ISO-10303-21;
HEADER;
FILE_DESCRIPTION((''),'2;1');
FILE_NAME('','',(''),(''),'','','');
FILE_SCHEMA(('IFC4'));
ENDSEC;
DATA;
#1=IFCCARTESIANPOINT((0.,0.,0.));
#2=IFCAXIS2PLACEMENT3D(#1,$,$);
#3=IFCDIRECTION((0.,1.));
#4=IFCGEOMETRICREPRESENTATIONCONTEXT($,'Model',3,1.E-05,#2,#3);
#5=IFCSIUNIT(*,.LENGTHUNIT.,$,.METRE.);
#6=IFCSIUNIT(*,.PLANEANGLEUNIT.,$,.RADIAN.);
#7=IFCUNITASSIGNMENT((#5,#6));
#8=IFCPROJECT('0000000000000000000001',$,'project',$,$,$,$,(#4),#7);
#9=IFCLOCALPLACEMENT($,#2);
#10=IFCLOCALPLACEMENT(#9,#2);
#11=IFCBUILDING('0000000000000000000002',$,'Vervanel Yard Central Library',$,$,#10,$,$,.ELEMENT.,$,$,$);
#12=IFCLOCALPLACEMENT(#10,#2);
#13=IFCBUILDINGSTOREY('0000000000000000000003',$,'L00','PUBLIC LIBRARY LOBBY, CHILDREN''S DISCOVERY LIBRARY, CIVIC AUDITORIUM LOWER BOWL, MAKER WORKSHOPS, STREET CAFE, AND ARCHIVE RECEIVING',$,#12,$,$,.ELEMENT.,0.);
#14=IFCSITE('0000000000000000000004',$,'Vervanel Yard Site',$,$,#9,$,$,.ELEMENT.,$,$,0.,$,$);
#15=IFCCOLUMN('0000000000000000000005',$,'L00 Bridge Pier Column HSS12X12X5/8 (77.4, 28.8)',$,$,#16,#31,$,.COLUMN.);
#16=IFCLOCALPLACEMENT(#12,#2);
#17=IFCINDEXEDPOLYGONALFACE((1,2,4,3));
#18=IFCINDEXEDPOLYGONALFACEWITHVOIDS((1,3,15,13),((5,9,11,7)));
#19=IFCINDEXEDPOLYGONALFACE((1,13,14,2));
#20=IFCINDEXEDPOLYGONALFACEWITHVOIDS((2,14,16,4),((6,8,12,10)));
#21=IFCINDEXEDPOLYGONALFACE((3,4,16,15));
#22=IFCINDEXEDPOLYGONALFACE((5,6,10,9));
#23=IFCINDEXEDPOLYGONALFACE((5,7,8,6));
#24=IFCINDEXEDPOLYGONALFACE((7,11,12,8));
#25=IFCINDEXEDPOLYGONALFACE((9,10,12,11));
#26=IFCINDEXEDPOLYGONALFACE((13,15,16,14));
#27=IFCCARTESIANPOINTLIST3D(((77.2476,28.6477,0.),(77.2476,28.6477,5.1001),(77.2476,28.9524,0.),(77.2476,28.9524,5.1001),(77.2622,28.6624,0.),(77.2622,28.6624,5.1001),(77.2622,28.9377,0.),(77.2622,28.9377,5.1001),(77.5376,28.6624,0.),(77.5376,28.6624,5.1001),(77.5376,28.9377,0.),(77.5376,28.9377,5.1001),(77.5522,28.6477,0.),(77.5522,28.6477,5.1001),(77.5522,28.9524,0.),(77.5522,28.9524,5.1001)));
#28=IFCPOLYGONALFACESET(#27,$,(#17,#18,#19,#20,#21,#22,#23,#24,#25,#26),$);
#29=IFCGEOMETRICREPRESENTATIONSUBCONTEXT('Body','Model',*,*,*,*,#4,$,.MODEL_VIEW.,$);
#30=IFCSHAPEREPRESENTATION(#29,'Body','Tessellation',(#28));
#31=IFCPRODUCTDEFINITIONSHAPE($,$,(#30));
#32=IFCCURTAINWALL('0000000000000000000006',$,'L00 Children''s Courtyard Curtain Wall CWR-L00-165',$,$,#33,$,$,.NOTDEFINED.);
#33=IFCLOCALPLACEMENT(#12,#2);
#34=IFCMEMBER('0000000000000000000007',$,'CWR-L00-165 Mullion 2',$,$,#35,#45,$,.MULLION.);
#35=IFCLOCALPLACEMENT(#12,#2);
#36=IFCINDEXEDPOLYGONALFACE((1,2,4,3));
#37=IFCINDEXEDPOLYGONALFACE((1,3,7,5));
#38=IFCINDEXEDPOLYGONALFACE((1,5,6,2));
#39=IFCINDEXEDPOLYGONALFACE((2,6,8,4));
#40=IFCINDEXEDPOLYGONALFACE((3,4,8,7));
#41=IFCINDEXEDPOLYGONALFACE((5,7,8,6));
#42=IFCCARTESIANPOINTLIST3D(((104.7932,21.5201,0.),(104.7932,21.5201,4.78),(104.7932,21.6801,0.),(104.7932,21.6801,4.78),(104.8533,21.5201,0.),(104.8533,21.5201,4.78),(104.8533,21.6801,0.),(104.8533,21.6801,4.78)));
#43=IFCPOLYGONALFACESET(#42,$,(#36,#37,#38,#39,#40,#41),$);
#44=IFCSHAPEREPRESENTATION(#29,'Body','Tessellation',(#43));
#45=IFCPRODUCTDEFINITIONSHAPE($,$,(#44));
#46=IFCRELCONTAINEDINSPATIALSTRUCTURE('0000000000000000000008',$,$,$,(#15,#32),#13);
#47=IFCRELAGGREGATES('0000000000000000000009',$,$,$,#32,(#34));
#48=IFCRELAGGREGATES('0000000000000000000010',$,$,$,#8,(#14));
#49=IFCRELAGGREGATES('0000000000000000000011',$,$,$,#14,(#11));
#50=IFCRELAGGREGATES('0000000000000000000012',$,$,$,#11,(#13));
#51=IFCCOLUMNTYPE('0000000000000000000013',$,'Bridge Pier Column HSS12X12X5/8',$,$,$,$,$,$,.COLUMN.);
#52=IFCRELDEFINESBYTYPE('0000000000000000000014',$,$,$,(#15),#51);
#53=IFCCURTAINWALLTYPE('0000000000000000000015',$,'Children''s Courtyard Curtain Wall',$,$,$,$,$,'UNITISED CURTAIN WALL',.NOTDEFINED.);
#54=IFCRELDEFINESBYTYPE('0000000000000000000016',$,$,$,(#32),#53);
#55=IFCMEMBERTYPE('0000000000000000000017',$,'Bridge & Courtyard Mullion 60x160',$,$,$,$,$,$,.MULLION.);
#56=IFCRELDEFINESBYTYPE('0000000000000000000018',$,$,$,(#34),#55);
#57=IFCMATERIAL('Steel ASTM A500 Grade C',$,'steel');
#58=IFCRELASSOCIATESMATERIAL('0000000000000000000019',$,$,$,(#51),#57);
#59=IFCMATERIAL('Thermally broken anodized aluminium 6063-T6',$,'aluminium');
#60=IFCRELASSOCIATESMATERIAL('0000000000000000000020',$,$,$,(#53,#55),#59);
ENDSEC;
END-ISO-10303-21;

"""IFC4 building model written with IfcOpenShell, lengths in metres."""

from ifc_helpers import new_model, si_unit, direction, frame, origin, origin_2d, place, context, subcontext, project, spatial, rectangle, hollow_rectangle, extrude, material, material_profile, profile_set, type_object, element, aggregate, save


model = new_model("IFC4")

# Units and contexts
model_context = context("Model", 3, precision=1e-05, world=origin(), true_north=direction((0.0, 1.0)))
body_context = subcontext(model_context, "Body", "Model", "MODEL_VIEW")
ifc_project = project(units=[si_unit("LENGTHUNIT", "METRE"), si_unit("PLANEANGLEUNIT", "RADIAN")], contexts=[model_context])

# Site, building, storey
site_placement = place(None, origin())
site = spatial("IfcSite", under=ifc_project, at=site_placement, Name="Vervanel Yard Site", CompositionType="ELEMENT", RefElevation=0.0)
building_placement = place(site_placement, origin())
building = spatial("IfcBuilding", under=site, at=building_placement, Name="Vervanel Yard Central Library", CompositionType="ELEMENT")
storey_placement = place(building_placement, origin())
storey = spatial("IfcBuildingStorey", under=building, at=storey_placement, Name="L00", Description="PUBLIC LIBRARY LOBBY, CHILDREN'S DISCOVERY LIBRARY, CIVIC AUDITORIUM LOWER BOWL, MAKER WORKSHOPS, STREET CAFE, AND ARCHIVE RECEIVING", CompositionType="ELEMENT", Elevation=0.0)

# Column
ifc_material_1 = material(Name="Steel ASTM A500 Grade C", Category="steel")
ifc_material_profile_1 = material_profile(ifc_material_1, hollow_rectangle(XDim=0.3047, YDim=0.3047, WallThickness=0.0146, at=origin_2d()), Name="HSS12X12X5/8", Category="steel")
ifc_profile_set_1 = profile_set([ifc_material_profile_1], Name="Steel ASTM A500 Grade C")
column_type = type_object("IfcColumnType", Name="Bridge Pier Column HSS12X12X5/8", PredefinedType="COLUMN", material=ifc_profile_set_1)
column_placement = place(storey_placement, frame((77.3999, 28.8, 0.0), z_axis=(0.0, 0.0, 1.0), x_axis=(1.0, 0.0, 0.0)))
element("IfcColumn", 1, at=column_placement, inside=storey, type_object=column_type, Name="L00 Bridge Pier Column HSS12X12X5/8 (77.4, 28.8)", PredefinedType="COLUMN", context=body_context, shape_type="SweptSolid", body=[
    extrude(hollow_rectangle(XDim=0.3047, YDim=0.3047, WallThickness=0.0146, at=origin_2d()), origin(), (0.0, 0.0, 1.0), 5.1001),
])

# Curtain wall, member
ifc_material_2 = material(Name="Thermally broken anodized aluminium 6063-T6", Category="aluminium")
curtain_wall_type = type_object("IfcCurtainWallType", Name="Children's Courtyard Curtain Wall", ElementType="UNITISED CURTAIN WALL", PredefinedType="NOTDEFINED", material=ifc_material_2)
curtain_wall_placement = place(storey_placement, origin())
curtain_wall = element("IfcCurtainWall", 2, at=curtain_wall_placement, inside=storey, type_object=curtain_wall_type, Name="L00 Children's Courtyard Curtain Wall CWR-L00-165", PredefinedType="NOTDEFINED")
ifc_material_profile_2 = material_profile(ifc_material_2, rectangle(XDim=0.0601, YDim=0.1599, at=origin_2d()), Name="ALU 60x160", Category="aluminium")
ifc_profile_set_2 = profile_set([ifc_material_profile_2], Name="Thermally broken anodized aluminium 6063-T6")
member_type = type_object("IfcMemberType", Name="Bridge & Courtyard Mullion 60x160", PredefinedType="MULLION", material=ifc_profile_set_2)
member_placement = place(storey_placement, frame((104.8232, 21.6001, 0.0), z_axis=(0.0, 0.0, 1.0), x_axis=(1.0, 0.0, 0.0)))
member = element("IfcMember", 3, at=member_placement, type_object=member_type, Name="CWR-L00-165 Mullion 2", PredefinedType="MULLION", context=body_context, shape_type="SweptSolid", body=[
    extrude(rectangle(XDim=0.0601, YDim=0.1599, at=origin_2d()), origin(), (0.0, 0.0, 1.0), 4.78),
])
aggregate(curtain_wall, [member])

save(model, "model.ifc")
